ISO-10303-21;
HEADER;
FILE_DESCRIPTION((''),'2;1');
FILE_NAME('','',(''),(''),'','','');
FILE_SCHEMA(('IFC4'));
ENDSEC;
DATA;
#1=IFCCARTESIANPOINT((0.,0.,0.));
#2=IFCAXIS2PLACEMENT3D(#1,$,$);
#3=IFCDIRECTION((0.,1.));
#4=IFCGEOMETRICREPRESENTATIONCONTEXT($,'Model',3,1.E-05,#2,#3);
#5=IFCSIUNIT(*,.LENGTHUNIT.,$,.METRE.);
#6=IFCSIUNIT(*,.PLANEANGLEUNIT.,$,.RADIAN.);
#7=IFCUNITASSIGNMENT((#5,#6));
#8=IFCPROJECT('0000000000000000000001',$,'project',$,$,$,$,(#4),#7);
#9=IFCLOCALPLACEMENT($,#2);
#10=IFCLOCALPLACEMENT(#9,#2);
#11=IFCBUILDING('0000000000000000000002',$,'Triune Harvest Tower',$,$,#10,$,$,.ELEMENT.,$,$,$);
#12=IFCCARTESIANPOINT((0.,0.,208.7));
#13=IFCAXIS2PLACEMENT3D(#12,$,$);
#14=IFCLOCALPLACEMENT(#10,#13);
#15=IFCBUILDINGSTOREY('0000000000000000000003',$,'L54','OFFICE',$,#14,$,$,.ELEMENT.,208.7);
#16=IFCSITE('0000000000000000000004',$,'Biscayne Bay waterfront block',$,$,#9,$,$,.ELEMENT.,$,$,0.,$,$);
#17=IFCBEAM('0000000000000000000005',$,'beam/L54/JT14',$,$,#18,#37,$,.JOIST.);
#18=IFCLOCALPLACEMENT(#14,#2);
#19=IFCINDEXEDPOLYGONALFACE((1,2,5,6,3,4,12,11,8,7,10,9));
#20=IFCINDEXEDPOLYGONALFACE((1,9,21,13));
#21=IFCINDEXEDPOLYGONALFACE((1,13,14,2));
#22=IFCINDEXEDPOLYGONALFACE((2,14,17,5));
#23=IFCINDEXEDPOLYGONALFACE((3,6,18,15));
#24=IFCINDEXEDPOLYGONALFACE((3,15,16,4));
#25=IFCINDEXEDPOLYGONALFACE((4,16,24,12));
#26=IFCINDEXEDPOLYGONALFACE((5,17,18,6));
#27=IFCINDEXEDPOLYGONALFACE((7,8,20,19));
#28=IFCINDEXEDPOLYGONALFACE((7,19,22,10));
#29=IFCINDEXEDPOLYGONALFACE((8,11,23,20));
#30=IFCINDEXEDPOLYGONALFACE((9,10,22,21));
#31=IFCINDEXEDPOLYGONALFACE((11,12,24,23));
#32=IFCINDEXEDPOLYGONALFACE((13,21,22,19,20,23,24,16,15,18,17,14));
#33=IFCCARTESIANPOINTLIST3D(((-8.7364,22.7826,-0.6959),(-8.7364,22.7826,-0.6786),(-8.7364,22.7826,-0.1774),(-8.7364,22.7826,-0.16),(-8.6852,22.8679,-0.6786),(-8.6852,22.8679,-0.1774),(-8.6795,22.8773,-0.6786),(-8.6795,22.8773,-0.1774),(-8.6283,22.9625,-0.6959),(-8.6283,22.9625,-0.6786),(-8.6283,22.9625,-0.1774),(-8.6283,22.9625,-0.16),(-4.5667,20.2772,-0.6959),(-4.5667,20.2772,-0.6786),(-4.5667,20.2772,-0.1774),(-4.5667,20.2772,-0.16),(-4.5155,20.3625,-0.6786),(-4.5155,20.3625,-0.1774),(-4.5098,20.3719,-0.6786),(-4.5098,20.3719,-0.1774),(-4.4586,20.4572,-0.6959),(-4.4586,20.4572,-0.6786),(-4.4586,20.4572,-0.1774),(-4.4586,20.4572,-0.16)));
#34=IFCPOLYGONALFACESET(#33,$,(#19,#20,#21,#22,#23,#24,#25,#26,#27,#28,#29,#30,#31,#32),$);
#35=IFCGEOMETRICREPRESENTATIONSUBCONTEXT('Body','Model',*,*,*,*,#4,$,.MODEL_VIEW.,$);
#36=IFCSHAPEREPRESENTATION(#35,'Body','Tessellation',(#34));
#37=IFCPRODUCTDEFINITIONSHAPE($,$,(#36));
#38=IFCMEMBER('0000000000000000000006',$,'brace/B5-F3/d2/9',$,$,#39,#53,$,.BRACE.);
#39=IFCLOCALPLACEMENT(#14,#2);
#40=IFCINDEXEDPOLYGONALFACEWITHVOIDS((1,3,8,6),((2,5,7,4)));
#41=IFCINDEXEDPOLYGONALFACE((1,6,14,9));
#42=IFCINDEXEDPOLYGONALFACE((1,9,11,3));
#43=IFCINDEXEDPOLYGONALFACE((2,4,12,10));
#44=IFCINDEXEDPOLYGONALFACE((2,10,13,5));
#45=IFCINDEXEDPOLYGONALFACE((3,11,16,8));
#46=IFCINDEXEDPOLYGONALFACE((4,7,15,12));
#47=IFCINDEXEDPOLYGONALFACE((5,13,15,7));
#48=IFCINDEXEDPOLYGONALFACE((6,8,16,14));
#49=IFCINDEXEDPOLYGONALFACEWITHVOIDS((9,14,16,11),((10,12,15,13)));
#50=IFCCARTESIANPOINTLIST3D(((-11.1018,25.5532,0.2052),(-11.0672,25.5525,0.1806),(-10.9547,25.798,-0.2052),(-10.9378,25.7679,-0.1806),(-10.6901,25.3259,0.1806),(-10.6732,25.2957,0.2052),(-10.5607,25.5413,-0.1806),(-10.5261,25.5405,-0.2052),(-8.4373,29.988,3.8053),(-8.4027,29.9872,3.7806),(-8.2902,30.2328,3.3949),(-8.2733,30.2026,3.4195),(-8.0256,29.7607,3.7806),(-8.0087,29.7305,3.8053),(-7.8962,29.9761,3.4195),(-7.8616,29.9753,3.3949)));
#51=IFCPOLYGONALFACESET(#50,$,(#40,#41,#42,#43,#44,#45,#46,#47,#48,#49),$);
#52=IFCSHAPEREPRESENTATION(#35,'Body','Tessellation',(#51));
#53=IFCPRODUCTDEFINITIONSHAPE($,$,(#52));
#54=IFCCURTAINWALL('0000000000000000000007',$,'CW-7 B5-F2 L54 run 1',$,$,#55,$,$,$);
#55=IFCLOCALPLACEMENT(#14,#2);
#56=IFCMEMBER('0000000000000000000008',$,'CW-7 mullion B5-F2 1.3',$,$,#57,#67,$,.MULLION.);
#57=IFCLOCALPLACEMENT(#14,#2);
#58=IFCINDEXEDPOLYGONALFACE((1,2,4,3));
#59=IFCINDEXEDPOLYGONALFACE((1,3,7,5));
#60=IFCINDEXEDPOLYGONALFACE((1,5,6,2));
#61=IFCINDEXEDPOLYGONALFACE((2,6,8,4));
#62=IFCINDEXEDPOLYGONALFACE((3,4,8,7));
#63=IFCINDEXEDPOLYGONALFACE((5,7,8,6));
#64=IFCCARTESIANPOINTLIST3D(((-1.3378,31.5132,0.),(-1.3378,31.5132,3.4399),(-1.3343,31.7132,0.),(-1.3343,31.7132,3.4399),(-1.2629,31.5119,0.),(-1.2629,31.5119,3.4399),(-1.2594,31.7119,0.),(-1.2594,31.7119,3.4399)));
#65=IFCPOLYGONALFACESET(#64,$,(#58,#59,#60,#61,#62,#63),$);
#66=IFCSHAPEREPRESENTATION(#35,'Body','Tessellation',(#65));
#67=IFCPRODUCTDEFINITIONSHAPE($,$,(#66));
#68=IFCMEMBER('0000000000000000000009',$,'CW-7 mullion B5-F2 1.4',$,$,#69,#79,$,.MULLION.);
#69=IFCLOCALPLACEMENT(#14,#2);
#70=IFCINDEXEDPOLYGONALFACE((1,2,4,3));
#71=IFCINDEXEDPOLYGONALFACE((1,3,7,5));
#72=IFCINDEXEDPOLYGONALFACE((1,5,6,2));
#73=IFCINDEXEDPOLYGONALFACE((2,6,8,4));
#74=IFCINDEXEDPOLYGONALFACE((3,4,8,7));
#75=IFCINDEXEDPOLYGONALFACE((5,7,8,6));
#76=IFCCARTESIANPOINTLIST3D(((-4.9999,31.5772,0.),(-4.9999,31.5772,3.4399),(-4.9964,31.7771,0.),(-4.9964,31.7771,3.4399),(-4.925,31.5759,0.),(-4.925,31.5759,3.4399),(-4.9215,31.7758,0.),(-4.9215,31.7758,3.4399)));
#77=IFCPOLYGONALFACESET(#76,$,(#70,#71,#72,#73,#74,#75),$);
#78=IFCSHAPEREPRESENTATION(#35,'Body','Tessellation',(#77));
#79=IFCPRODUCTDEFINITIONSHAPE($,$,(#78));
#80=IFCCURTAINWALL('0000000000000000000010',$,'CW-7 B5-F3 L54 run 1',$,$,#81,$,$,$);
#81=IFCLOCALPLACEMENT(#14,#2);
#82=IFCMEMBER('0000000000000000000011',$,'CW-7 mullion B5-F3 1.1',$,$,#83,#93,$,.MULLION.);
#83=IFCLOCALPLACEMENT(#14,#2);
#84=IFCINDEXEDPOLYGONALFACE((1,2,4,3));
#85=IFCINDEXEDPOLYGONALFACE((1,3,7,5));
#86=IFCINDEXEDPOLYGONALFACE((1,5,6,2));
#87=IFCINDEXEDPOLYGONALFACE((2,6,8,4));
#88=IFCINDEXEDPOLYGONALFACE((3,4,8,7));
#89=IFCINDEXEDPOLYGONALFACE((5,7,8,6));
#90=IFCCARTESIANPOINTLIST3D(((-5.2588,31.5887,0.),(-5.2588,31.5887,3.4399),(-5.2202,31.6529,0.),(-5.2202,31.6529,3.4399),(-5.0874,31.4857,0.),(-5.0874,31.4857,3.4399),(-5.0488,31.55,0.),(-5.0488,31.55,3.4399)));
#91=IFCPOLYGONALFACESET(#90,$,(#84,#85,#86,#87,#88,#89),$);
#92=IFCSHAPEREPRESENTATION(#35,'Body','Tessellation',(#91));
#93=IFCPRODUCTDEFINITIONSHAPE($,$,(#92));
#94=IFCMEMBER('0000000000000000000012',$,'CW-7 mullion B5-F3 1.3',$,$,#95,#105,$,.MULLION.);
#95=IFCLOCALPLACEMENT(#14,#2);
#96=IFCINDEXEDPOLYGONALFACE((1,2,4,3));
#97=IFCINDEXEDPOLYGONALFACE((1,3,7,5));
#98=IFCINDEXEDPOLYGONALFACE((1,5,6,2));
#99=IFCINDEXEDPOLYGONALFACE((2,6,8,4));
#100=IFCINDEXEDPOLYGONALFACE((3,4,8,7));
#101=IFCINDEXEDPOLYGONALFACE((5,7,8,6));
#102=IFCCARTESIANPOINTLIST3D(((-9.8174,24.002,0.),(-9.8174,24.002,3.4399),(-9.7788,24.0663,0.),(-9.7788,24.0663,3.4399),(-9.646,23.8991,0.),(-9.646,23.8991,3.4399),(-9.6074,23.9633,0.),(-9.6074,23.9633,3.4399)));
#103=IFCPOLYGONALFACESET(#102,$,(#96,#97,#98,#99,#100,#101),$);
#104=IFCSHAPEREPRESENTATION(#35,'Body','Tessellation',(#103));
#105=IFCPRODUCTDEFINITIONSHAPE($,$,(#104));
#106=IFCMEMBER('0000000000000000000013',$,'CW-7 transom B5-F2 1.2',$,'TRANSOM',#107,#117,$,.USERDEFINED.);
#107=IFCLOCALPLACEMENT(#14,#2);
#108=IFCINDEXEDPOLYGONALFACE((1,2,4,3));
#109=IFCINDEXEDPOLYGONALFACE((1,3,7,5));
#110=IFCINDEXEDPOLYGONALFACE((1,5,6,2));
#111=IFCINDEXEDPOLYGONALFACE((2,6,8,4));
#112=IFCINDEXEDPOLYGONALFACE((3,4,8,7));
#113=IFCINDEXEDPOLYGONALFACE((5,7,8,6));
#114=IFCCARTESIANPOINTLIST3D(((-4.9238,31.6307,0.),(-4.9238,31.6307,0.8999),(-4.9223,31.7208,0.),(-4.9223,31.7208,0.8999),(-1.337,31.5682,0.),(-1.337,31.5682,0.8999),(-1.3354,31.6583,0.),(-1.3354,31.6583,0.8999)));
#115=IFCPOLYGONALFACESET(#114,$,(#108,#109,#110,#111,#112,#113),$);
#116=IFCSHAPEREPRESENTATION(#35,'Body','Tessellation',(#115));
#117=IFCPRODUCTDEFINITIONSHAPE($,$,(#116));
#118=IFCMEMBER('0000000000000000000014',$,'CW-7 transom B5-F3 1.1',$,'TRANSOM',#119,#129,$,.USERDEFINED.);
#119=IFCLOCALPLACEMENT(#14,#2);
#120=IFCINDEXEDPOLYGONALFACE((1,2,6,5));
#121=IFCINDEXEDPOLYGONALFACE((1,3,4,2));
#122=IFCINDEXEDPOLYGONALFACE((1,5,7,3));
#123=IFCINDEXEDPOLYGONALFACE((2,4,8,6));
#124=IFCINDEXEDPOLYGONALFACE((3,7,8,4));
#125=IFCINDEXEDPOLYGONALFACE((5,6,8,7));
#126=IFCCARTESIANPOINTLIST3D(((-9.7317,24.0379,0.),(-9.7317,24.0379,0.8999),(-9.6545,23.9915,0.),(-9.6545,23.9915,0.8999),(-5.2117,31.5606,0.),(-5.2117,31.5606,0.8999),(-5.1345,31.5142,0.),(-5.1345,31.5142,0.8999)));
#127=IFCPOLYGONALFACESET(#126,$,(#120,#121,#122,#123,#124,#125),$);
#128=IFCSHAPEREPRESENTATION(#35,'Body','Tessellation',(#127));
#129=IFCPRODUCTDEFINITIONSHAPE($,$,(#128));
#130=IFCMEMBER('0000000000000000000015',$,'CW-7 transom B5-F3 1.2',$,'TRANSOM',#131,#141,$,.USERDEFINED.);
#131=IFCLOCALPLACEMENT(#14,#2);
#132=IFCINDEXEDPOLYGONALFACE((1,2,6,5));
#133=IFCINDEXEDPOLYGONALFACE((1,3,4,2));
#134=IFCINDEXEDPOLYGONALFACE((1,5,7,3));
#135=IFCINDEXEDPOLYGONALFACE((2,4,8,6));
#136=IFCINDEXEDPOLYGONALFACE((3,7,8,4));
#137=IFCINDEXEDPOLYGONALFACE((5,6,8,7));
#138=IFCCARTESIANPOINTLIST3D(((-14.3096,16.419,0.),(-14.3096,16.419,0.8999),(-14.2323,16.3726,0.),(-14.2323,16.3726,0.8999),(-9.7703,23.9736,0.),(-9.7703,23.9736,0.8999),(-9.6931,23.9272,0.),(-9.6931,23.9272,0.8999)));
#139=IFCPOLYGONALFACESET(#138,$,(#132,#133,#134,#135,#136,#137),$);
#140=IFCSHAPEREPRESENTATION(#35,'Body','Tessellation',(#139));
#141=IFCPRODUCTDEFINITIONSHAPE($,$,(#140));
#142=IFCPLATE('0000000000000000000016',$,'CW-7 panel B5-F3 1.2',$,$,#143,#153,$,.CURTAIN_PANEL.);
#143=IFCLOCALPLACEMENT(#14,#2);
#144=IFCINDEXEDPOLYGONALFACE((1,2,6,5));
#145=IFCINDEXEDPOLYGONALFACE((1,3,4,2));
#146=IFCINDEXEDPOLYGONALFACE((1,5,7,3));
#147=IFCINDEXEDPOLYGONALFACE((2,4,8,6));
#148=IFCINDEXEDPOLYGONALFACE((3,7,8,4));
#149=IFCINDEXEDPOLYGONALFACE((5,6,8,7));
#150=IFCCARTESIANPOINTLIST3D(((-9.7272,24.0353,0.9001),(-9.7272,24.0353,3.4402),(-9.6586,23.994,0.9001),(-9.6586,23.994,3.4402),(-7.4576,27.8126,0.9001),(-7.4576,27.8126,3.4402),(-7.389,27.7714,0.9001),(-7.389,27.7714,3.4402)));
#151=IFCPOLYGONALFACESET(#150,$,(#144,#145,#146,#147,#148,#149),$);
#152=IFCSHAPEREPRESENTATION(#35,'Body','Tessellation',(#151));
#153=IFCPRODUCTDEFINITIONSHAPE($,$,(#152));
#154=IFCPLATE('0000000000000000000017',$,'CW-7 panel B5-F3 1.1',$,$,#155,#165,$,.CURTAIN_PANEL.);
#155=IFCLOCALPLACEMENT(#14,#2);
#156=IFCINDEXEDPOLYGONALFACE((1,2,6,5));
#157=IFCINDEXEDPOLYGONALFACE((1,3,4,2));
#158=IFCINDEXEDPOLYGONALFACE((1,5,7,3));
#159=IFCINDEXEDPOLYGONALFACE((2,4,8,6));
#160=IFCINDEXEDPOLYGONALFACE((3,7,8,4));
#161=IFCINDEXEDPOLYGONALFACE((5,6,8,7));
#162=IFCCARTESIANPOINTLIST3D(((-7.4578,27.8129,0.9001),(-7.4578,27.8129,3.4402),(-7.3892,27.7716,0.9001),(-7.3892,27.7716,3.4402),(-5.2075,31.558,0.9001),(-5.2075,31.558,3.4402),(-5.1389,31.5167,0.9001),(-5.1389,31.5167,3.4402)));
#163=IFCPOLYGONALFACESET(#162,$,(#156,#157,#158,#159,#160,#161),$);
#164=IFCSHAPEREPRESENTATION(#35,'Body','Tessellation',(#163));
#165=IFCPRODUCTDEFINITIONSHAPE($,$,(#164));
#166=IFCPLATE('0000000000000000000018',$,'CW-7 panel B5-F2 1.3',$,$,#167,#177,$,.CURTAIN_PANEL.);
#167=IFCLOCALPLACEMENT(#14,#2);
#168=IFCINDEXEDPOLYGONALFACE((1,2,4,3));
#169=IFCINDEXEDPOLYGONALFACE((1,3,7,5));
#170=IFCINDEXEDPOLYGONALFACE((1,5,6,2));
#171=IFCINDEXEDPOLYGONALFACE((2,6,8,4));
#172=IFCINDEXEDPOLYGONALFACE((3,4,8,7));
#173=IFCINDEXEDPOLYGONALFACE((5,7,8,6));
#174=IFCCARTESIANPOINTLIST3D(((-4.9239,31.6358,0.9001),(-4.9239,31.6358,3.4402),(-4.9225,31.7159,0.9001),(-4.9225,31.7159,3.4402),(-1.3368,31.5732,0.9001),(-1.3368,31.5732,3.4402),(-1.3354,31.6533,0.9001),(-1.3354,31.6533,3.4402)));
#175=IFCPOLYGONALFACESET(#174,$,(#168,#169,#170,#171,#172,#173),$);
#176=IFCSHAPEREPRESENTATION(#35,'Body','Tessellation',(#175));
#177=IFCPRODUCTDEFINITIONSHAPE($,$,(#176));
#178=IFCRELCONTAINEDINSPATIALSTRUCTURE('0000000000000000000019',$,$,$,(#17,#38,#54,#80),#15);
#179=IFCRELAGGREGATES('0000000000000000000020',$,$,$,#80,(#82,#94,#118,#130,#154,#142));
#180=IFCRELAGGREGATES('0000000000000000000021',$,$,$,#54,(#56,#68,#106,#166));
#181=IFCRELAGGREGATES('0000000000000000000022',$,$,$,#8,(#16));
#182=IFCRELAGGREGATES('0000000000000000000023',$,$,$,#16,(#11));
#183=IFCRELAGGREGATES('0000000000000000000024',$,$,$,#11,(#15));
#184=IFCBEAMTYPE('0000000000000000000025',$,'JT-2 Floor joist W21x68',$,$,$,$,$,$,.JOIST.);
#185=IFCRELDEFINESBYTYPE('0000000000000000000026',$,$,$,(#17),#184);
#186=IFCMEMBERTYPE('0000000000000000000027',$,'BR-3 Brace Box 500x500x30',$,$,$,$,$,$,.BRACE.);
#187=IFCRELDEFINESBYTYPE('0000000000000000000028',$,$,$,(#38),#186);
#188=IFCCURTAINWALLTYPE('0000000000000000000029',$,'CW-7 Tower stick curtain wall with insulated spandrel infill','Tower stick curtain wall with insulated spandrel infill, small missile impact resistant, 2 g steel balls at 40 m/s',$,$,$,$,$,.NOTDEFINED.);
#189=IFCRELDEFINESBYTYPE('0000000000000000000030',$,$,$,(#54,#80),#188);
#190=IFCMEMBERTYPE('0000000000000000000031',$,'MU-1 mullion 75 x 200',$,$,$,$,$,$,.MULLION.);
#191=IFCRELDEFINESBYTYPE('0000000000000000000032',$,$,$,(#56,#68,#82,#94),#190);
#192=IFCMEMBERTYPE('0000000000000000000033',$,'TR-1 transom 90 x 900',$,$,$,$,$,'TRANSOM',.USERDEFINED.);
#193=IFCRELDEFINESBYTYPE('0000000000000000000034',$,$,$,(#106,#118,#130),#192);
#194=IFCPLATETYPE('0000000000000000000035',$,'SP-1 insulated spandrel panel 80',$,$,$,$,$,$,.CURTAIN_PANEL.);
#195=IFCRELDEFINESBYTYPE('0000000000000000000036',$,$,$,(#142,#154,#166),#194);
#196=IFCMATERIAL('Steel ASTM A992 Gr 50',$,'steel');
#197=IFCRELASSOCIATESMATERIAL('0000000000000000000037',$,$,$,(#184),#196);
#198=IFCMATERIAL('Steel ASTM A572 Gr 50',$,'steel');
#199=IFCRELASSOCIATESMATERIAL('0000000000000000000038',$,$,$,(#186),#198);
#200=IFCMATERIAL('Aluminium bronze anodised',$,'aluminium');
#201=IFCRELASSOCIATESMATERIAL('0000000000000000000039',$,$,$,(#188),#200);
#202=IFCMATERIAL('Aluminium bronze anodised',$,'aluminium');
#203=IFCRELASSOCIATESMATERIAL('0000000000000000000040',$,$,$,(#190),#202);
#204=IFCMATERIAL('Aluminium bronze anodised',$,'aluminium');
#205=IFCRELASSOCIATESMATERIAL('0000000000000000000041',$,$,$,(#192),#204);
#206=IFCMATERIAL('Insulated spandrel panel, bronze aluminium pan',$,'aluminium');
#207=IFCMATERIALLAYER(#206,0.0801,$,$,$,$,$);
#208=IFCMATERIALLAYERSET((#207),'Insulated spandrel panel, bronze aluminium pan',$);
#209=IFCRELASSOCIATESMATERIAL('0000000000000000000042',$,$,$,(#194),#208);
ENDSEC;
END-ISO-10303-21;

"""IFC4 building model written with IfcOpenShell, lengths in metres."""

from ifc_helpers import new_model, si_unit, direction, frame, origin, origin_2d, place, context, subcontext, project, spatial, rectangle, hollow_rectangle, i_section, extrude, source, transform, mapped, material, layer, layer_set, material_profile, profile_set, type_object, element, aggregate, save


model = new_model("IFC4")

# Units and contexts
model_context = context("Model", 3, precision=1e-05, world=origin(), true_north=direction((0.0, 1.0)))
body_context = subcontext(model_context, "Body", "Model", "MODEL_VIEW")
ifc_project = project(units=[si_unit("LENGTHUNIT", "METRE"), si_unit("PLANEANGLEUNIT", "RADIAN")], contexts=[model_context])

# Site, building, storey
site_placement = place(None, origin())
site = spatial("IfcSite", under=ifc_project, at=site_placement, Name="Biscayne Bay waterfront block", CompositionType="ELEMENT", RefElevation=0.0)
building_placement = place(site_placement, origin())
building = spatial("IfcBuilding", under=site, at=building_placement, Name="Triune Harvest Tower", CompositionType="ELEMENT")
storey_placement = place(building_placement, frame((0.0, 0.0, 208.7)))
storey = spatial("IfcBuildingStorey", under=building, at=storey_placement, Name="L54", Description="OFFICE", CompositionType="ELEMENT", Elevation=208.7)

# Beam
ifc_material_1 = material(Name="Steel ASTM A992 Gr 50", Category="steel")
ifc_material_profile_1 = material_profile(ifc_material_1, i_section(OverallWidth=0.21, OverallDepth=0.5359, WebThickness=0.011, FlangeThickness=0.0173, at=origin_2d()), Name="W21x68")
ifc_profile_set_1 = profile_set([ifc_material_profile_1], Name="Steel ASTM A992 Gr 50")
beam_type_1 = type_object("IfcBeamType", Name="JT-2 Floor joist W21x68", PredefinedType="JOIST", material=ifc_profile_set_1)
shared_shape_1 = source(origin(), body_context, "Body", "SweptSolid", [
    extrude(i_section(OverallWidth=0.21, OverallDepth=0.5359, WebThickness=0.011, FlangeThickness=0.0173, at=origin_2d()), origin(), (0.0, 0.0, 1.0), 4.8645),
])
beam_1_placement = place(storey_placement, frame((-8.6824, 22.8726, -0.428), z_axis=(0.857169, -0.515034, 0.0), x_axis=(0.515034, 0.857169, 0.0)))
element("IfcBeam", 1, at=beam_1_placement, inside=storey, type_object=beam_type_1, Name="beam/L54/JT14", PredefinedType="JOIST", context=body_context, shape_type="MappedRepresentation", body=[
    mapped(shared_shape_1, transform((0.0, 0.0, 0.0), scale=1.0)),
])

# Member
ifc_material_2 = material(Name="Steel ASTM A572 Gr 50", Category="steel")
ifc_material_profile_2 = material_profile(ifc_material_2, hollow_rectangle(XDim=0.5, YDim=0.5, WallThickness=0.03, at=origin_2d()), Name="Box 500x500x30")
ifc_profile_set_2 = profile_set([ifc_material_profile_2], Name="Steel ASTM A572 Gr 50")
member_type_1 = type_object("IfcMemberType", Name="BR-3 Brace Box 500x500x30", PredefinedType="BRACE", material=ifc_profile_set_2)
shared_shape_2 = source(origin(), body_context, "Body", "SweptSolid", [
    extrude(hollow_rectangle(XDim=0.5, YDim=0.5, WallThickness=0.03, at=origin_2d()), origin(), (0.0, 0.0, 1.0), 6.303),
])
member_1_placement = place(storey_placement, frame((-10.814, 25.5469, 0.0), z_axis=(0.422742, 0.703601, 0.57117), x_axis=(-0.85718, 0.515016, 0.0)))
element("IfcMember", 2, at=member_1_placement, inside=storey, type_object=member_type_1, Name="brace/B5-F3/d2/9", PredefinedType="BRACE", context=body_context, shape_type="MappedRepresentation", body=[
    mapped(shared_shape_2, transform((0.0, 0.0, 0.0), scale=1.0)),
])

# Curtain walls, members
ifc_material_3 = material(Name="Aluminium bronze anodised", Category="aluminium")
curtain_wall_type = type_object("IfcCurtainWallType", Name="CW-7 Tower stick curtain wall with insulated spandrel infill", Description="Tower stick curtain wall with insulated spandrel infill, small missile impact resistant, 2 g steel balls at 40 m/s", PredefinedType="NOTDEFINED", material=ifc_material_3)
curtain_wall_1_placement = place(storey_placement, origin())
curtain_wall_1 = element("IfcCurtainWall", 3, at=curtain_wall_1_placement, inside=storey, type_object=curtain_wall_type, Name="CW-7 B5-F2 L54 run 1")
ifc_material_4 = material(Name="Aluminium bronze anodised", Category="aluminium")
ifc_material_profile_3 = material_profile(ifc_material_4, rectangle(XDim=0.2, YDim=0.075, at=origin_2d()), Name="MU-1 mullion 75 x 200")
ifc_profile_set_3 = profile_set([ifc_material_profile_3], Name="Aluminium bronze anodised")
member_type_2 = type_object("IfcMemberType", Name="MU-1 mullion 75 x 200", PredefinedType="MULLION", material=ifc_profile_set_3)
shared_shape_3 = source(origin(), body_context, "Body", "SweptSolid", [
    extrude(rectangle(XDim=0.2, YDim=0.075, at=origin_2d()), origin(), (0.0, 0.0, 1.0), 3.4399),
])
member_2_placement = place(storey_placement, frame((-1.2986, 31.6125, 0.0), z_axis=(0.0, 0.0, 1.0), x_axis=(-0.017446, -0.999848, 0.0)))
member_2 = element("IfcMember", 4, at=member_2_placement, type_object=member_type_2, Name="CW-7 mullion B5-F2 1.3", PredefinedType="MULLION", context=body_context, shape_type="MappedRepresentation", body=[
    mapped(shared_shape_3, transform((0.0, 0.0, 0.0), scale=1.0)),
])
member_3_placement = place(storey_placement, frame((-4.9607, 31.6765, 0.0), z_axis=(0.0, 0.0, 1.0), x_axis=(-0.017446, -0.999848, 0.0)))
member_3 = element("IfcMember", 5, at=member_3_placement, type_object=member_type_2, Name="CW-7 mullion B5-F2 1.4", PredefinedType="MULLION", context=body_context, shape_type="MappedRepresentation", body=[
    mapped(shared_shape_3, transform((0.0, 0.0, 0.0), scale=1.0)),
])
curtain_wall_2_placement = place(storey_placement, origin())
curtain_wall_2 = element("IfcCurtainWall", 6, at=curtain_wall_2_placement, inside=storey, type_object=curtain_wall_type, Name="CW-7 B5-F3 L54 run 1")
member_4_placement = place(storey_placement, frame((-5.1538, 31.5693, 0.0), z_axis=(0.0, 0.0, 1.0), x_axis=(0.857168, -0.515036, 0.0)))
member_4 = element("IfcMember", 7, at=member_4_placement, type_object=member_type_2, Name="CW-7 mullion B5-F3 1.1", PredefinedType="MULLION", context=body_context, shape_type="MappedRepresentation", body=[
    mapped(shared_shape_3, transform((0.0, 0.0, 0.0), scale=1.0)),
])
member_5_placement = place(storey_placement, frame((-9.7124, 23.9827, 0.0), z_axis=(0.0, 0.0, 1.0), x_axis=(0.857168, -0.515036, 0.0)))
member_5 = element("IfcMember", 8, at=member_5_placement, type_object=member_type_2, Name="CW-7 mullion B5-F3 1.3", PredefinedType="MULLION", context=body_context, shape_type="MappedRepresentation", body=[
    mapped(shared_shape_3, transform((0.0, 0.0, 0.0), scale=1.0)),
])

# Members
ifc_material_5 = material(Name="Aluminium bronze anodised", Category="aluminium")
ifc_material_profile_4 = material_profile(ifc_material_5, rectangle(XDim=0.0901, YDim=0.8999, at=origin_2d()), Name="TR-1 transom 90 x 900")
ifc_profile_set_4 = profile_set([ifc_material_profile_4], Name="Aluminium bronze anodised")
member_type_3 = type_object("IfcMemberType", Name="TR-1 transom 90 x 900", ElementType="TRANSOM", PredefinedType="USERDEFINED", material=ifc_profile_set_4)
shared_shape_4 = source(origin(), body_context, "Body", "SweptSolid", [
    extrude(rectangle(XDim=0.0901, YDim=0.8999, at=origin_2d()), origin(), (0.0, 0.0, 1.0), 3.5874),
])
member_6_placement = place(storey_placement, frame((-1.3362, 31.6133, 0.45), z_axis=(-0.999848, 0.017422, 0.0), x_axis=(-0.017422, -0.999848, 0.0)))
member_6 = element("IfcMember", 9, at=member_6_placement, type_object=member_type_3, Name="CW-7 transom B5-F2 1.2", ObjectType="TRANSOM", PredefinedType="USERDEFINED", context=body_context, shape_type="MappedRepresentation", body=[
    mapped(shared_shape_4, transform((0.0, 0.0, 0.0), scale=1.0)),
])
shared_shape_5 = source(origin(), body_context, "Body", "SweptSolid", [
    extrude(rectangle(XDim=0.0901, YDim=0.8999, at=origin_2d()), origin(), (0.0, 0.0, 1.0), 8.7761),
])
member_7_placement = place(storey_placement, frame((-5.1731, 31.5374, 0.45), z_axis=(-0.515032, -0.857171, 0.0), x_axis=(0.857171, -0.515032, 0.0)))
member_7 = element("IfcMember", 10, at=member_7_placement, type_object=member_type_3, Name="CW-7 transom B5-F3 1.1", ObjectType="TRANSOM", PredefinedType="USERDEFINED", context=body_context, shape_type="MappedRepresentation", body=[
    mapped(shared_shape_5, transform((0.0, 0.0, 0.0), scale=1.0)),
])
shared_shape_6 = source(origin(), body_context, "Body", "SweptSolid", [
    extrude(rectangle(XDim=0.0901, YDim=0.8999, at=origin_2d()), origin(), (0.0, 0.0, 1.0), 8.8135),
])
member_8_placement = place(storey_placement, frame((-9.7317, 23.9504, 0.45), z_axis=(-0.515037, -0.857168, 0.0), x_axis=(0.857168, -0.515037, 0.0)))
member_8 = element("IfcMember", 11, at=member_8_placement, type_object=member_type_3, Name="CW-7 transom B5-F3 1.2", ObjectType="TRANSOM", PredefinedType="USERDEFINED", context=body_context, shape_type="MappedRepresentation", body=[
    mapped(shared_shape_6, transform((0.0, 0.0, 0.0), scale=1.0)),
])

# Plates
ifc_material_6 = material(Name="Insulated spandrel panel, bronze aluminium pan", Category="aluminium")
ifc_layer_1 = layer(ifc_material_6, 0.0801)
ifc_layer_set_1 = layer_set([ifc_layer_1], Name="Insulated spandrel panel, bronze aluminium pan")
plate_type = type_object("IfcPlateType", Name="SP-1 insulated spandrel panel 80", PredefinedType="CURTAIN_PANEL", material=ifc_layer_set_1)
shared_shape_7 = source(origin(), body_context, "Body", "SweptSolid", [
    extrude(rectangle(XDim=4.4067, YDim=0.0801, at=origin_2d()), origin(), (0.0, 0.0, 1.0), 2.54),
])
plate_1_placement = place(storey_placement, frame((-8.5581, 25.9033, 0.9001), z_axis=(0.0, 0.0, 1.0), x_axis=(-0.515036, -0.857168, 0.0)))
plate_1 = element("IfcPlate", 12, at=plate_1_placement, type_object=plate_type, Name="CW-7 panel B5-F3 1.2", PredefinedType="CURTAIN_PANEL", context=body_context, shape_type="MappedRepresentation", body=[
    mapped(shared_shape_7, transform((0.0, 0.0, 0.0), scale=1.0)),
])
shared_shape_8 = source(origin(), body_context, "Body", "SweptSolid", [
    extrude(rectangle(XDim=4.3691, YDim=0.0801, at=origin_2d()), origin(), (0.0, 0.0, 1.0), 2.54),
])
plate_2_placement = place(storey_placement, frame((-6.2983, 29.6648, 0.9001), z_axis=(0.0, 0.0, 1.0), x_axis=(-0.515036, -0.857168, 0.0)))
plate_2 = element("IfcPlate", 13, at=plate_2_placement, type_object=plate_type, Name="CW-7 panel B5-F3 1.1", PredefinedType="CURTAIN_PANEL", context=body_context, shape_type="MappedRepresentation", body=[
    mapped(shared_shape_8, transform((0.0, 0.0, 0.0), scale=1.0)),
])
aggregate(curtain_wall_2, [member_4, member_5, member_7, member_8, plate_2, plate_1])
shared_shape_9 = source(origin(), body_context, "Body", "SweptSolid", [
    extrude(rectangle(XDim=3.5876, YDim=0.0801, at=origin_2d()), origin(), (0.0, 0.0, 1.0), 2.54),
])
plate_3_placement = place(storey_placement, frame((-3.1296, 31.6445, 0.9001), z_axis=(0.0, 0.0, 1.0), x_axis=(-0.999848, 0.017446, 0.0)))
plate_3 = element("IfcPlate", 14, at=plate_3_placement, type_object=plate_type, Name="CW-7 panel B5-F2 1.3", PredefinedType="CURTAIN_PANEL", context=body_context, shape_type="MappedRepresentation", body=[
    mapped(shared_shape_9, transform((0.0, 0.0, 0.0), scale=1.0)),
])
aggregate(curtain_wall_1, [member_2, member_3, member_6, plate_3])

save(model, "model.ifc")
